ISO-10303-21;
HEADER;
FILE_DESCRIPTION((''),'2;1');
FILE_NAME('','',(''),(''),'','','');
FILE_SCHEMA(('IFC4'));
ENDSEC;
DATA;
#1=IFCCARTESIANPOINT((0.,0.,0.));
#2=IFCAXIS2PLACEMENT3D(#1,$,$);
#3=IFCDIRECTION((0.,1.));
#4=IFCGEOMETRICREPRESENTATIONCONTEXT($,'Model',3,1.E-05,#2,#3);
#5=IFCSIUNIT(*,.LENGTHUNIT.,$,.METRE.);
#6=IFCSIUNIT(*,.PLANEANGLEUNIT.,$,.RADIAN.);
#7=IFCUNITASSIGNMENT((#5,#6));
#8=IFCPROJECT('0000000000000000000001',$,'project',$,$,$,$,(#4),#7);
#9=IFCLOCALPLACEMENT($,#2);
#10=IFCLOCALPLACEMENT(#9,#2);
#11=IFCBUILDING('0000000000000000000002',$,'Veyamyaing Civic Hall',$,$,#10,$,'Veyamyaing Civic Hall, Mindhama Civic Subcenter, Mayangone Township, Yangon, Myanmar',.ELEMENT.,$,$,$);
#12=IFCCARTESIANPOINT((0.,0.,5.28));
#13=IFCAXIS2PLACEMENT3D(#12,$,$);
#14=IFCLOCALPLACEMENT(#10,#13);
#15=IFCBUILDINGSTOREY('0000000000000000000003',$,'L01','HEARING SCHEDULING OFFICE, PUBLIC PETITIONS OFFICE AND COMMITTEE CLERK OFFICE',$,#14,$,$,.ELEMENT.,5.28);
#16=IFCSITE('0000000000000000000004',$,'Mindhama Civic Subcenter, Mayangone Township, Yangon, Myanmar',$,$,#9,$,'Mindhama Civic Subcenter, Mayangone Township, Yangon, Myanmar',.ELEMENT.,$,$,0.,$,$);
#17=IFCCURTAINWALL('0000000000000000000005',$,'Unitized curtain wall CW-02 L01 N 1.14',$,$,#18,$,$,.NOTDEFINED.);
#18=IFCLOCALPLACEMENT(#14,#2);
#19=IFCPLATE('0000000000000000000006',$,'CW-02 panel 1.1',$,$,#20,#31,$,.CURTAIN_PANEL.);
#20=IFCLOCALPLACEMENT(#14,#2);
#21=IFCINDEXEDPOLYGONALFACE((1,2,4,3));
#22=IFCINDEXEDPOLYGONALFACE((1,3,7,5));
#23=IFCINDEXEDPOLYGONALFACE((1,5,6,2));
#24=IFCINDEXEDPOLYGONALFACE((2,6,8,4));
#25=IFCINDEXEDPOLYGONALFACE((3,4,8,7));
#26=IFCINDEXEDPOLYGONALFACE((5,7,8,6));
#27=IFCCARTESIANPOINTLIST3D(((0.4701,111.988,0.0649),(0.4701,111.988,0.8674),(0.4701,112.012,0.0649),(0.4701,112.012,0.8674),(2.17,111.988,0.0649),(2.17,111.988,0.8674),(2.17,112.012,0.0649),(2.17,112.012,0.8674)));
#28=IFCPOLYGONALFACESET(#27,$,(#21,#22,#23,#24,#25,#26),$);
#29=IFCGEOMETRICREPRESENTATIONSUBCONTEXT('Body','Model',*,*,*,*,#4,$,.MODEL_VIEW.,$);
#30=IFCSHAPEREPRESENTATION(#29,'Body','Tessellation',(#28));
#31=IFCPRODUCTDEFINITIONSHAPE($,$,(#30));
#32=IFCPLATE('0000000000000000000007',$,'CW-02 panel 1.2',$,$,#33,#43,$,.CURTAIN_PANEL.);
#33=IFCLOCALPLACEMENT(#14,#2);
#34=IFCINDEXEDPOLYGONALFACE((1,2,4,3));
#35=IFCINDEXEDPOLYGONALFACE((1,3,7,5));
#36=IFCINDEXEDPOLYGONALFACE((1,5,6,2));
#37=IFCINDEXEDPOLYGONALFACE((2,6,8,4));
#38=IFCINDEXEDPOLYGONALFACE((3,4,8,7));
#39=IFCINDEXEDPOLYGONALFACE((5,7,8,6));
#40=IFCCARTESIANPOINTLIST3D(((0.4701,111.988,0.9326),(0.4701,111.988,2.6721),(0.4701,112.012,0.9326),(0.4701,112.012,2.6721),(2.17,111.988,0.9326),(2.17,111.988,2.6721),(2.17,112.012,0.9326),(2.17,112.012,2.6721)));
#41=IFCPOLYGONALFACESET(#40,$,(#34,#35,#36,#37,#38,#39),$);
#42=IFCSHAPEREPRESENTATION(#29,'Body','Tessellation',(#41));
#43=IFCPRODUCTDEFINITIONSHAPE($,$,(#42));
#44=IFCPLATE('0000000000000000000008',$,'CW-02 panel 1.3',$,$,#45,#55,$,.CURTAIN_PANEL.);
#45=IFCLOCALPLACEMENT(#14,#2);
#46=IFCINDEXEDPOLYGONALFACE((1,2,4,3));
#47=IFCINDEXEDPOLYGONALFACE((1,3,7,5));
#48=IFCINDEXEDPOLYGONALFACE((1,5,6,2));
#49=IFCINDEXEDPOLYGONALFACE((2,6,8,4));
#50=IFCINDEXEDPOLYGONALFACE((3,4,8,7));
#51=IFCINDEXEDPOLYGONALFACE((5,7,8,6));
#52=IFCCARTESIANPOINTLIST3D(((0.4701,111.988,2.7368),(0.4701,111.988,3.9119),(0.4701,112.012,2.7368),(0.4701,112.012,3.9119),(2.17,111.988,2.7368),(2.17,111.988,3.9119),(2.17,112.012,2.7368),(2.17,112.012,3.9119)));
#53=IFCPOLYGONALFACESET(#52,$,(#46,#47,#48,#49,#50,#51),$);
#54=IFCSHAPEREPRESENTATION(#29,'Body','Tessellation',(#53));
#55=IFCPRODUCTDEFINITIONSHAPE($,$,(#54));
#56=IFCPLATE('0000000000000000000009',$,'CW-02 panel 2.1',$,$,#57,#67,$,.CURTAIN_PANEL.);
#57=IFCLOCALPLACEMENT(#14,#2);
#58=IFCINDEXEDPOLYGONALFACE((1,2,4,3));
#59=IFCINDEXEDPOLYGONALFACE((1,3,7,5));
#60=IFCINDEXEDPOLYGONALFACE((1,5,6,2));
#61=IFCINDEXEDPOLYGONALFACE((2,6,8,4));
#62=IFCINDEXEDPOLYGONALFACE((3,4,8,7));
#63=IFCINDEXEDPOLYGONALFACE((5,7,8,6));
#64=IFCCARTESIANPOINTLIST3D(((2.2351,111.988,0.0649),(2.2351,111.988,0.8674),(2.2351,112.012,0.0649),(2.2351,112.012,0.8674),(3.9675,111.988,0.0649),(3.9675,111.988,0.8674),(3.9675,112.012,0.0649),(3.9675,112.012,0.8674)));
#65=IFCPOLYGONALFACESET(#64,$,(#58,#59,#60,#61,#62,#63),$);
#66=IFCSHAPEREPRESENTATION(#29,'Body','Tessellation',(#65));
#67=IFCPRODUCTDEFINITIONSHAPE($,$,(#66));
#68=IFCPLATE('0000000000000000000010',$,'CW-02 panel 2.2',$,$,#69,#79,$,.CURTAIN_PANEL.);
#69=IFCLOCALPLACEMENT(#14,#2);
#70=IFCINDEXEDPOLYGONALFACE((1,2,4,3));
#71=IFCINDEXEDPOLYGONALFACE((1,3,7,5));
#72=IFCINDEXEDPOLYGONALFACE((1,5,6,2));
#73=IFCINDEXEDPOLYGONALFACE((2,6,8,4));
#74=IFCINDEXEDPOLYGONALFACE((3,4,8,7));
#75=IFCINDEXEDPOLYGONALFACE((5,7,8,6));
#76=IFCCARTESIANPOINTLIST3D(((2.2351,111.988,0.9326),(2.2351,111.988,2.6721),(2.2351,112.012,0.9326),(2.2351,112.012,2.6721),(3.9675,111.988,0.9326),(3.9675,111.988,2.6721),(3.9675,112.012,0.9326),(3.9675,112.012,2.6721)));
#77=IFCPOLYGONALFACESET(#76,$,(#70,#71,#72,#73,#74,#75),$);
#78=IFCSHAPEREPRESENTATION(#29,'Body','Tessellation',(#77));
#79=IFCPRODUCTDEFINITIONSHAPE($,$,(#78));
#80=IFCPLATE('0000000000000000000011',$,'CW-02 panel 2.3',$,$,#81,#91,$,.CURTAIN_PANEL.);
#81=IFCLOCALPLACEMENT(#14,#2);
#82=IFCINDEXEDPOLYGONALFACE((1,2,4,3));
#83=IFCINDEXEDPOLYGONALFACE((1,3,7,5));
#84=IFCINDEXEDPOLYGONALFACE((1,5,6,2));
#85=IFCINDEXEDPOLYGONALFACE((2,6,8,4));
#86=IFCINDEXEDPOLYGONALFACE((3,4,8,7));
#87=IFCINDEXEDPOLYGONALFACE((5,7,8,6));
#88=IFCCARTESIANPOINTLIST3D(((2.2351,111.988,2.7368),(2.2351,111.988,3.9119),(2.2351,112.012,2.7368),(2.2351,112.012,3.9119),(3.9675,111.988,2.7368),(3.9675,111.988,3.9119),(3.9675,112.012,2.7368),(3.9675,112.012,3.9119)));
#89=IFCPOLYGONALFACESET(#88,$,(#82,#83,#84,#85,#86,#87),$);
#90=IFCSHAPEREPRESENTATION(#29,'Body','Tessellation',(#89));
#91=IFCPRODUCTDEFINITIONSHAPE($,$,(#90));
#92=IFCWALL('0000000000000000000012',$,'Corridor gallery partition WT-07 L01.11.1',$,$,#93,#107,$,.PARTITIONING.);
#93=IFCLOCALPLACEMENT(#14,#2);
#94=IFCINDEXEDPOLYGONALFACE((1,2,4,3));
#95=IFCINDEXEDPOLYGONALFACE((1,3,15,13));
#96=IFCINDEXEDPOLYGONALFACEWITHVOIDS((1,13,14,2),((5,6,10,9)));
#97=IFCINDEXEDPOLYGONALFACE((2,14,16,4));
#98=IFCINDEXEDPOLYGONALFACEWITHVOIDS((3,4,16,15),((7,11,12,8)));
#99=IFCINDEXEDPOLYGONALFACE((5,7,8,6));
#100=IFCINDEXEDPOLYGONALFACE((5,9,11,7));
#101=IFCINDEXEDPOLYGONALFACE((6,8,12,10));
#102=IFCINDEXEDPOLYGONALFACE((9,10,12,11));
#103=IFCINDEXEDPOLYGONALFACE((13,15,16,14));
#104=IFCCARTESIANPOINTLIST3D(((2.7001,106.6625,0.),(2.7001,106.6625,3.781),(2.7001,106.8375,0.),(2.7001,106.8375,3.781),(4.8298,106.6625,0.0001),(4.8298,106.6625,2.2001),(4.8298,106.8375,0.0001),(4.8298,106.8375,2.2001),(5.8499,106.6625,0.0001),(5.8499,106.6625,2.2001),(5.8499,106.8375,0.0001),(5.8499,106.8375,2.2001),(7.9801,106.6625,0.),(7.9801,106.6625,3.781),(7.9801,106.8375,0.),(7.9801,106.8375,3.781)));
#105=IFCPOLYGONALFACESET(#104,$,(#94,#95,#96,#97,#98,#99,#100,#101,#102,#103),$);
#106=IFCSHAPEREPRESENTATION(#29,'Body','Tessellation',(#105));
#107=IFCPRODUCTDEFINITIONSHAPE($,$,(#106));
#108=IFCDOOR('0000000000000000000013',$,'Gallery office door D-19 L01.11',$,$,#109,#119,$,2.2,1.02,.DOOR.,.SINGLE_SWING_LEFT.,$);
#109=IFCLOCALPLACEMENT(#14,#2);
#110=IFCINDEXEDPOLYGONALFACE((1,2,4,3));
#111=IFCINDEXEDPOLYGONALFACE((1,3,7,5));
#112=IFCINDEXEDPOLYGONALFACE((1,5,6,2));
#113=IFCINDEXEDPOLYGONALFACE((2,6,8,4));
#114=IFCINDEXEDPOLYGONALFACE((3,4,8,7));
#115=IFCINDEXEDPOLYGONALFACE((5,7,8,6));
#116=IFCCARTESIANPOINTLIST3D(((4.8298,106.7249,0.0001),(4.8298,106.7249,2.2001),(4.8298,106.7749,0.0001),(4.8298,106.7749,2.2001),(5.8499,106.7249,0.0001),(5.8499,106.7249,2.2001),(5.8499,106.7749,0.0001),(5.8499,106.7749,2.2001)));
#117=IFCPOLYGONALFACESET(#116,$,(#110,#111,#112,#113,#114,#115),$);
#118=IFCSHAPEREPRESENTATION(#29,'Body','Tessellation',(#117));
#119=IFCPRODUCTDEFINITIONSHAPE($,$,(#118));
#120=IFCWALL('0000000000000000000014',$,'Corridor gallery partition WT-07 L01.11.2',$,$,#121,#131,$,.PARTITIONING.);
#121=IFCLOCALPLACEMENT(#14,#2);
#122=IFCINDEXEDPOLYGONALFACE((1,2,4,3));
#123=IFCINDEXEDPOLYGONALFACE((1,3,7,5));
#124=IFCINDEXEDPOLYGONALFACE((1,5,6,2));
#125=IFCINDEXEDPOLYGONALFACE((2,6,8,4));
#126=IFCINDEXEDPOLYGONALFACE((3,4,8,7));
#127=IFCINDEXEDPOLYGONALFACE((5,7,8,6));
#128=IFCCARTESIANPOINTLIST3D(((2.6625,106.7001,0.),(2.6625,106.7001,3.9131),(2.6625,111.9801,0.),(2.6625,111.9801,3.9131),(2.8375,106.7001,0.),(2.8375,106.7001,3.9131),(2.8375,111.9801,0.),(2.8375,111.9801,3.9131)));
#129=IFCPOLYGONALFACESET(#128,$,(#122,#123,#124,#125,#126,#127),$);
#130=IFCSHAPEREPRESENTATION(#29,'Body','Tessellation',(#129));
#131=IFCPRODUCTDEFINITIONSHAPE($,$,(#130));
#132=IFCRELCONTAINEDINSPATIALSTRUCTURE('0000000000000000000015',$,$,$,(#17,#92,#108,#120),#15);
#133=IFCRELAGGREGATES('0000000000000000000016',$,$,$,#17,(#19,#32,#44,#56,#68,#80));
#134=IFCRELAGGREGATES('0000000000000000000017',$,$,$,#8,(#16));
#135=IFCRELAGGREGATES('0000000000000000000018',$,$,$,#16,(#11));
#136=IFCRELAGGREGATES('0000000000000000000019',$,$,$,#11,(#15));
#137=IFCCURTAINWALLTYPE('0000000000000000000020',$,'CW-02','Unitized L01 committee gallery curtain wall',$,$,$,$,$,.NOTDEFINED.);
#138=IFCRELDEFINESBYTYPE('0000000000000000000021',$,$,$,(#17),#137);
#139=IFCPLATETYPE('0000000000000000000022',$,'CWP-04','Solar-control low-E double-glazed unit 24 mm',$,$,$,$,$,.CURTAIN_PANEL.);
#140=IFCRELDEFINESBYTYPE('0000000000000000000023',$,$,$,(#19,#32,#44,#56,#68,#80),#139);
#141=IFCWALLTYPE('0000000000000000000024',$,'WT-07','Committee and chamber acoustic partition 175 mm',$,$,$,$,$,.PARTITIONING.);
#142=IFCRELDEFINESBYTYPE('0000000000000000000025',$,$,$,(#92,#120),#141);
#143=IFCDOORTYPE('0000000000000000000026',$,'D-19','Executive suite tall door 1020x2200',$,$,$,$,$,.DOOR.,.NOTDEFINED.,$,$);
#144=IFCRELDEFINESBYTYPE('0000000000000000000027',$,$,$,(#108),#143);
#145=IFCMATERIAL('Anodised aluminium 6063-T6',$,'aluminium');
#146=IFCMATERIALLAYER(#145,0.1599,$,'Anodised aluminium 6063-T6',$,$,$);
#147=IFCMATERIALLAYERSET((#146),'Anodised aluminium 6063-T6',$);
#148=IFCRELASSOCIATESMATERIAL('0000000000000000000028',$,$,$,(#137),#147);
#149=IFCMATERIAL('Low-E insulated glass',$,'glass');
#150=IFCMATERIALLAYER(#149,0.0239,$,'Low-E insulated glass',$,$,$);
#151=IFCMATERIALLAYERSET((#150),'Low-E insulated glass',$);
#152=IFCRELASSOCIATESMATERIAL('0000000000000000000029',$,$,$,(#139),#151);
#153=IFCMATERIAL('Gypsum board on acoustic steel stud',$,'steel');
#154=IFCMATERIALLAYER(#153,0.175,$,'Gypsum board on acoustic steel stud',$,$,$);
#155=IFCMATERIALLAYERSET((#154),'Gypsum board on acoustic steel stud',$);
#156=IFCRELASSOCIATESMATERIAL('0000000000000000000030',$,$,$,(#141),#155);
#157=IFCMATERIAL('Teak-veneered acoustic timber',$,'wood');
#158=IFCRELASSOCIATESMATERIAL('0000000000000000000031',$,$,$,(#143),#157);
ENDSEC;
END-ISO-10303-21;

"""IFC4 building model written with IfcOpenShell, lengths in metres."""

from ifc_helpers import new_model, si_unit, direction, frame, frame_2d, origin, origin_2d, place, context, subcontext, project, spatial, rectangle, extrude, material, layer, layer_set, type_object, element, fill, aggregate, save


model = new_model("IFC4")

# Units and contexts
model_context = context("Model", 3, precision=1e-05, world=origin(), true_north=direction((0.0, 1.0)))
body_context = subcontext(model_context, "Body", "Model", "MODEL_VIEW")
ifc_project = project(units=[si_unit("LENGTHUNIT", "METRE"), si_unit("PLANEANGLEUNIT", "RADIAN")], contexts=[model_context])

# Site, building, storey
site_placement = place(None, origin())
site = spatial("IfcSite", under=ifc_project, at=site_placement, Name="Mindhama Civic Subcenter, Mayangone Township, Yangon, Myanmar", LongName="Mindhama Civic Subcenter, Mayangone Township, Yangon, Myanmar", CompositionType="ELEMENT", RefElevation=0.0)
building_placement = place(site_placement, origin())
building = spatial("IfcBuilding", under=site, at=building_placement, Name="Veyamyaing Civic Hall", LongName="Veyamyaing Civic Hall, Mindhama Civic Subcenter, Mayangone Township, Yangon, Myanmar", CompositionType="ELEMENT")
storey_placement = place(building_placement, frame((0.0, 0.0, 5.28)))
storey = spatial("IfcBuildingStorey", under=building, at=storey_placement, Name="L01", Description="HEARING SCHEDULING OFFICE, PUBLIC PETITIONS OFFICE AND COMMITTEE CLERK OFFICE", CompositionType="ELEMENT", Elevation=5.28)

# Curtain wall, plates
ifc_material_1 = material(Name="Anodised aluminium 6063-T6", Category="aluminium")
ifc_layer_1 = layer(ifc_material_1, 0.1599, Name="Anodised aluminium 6063-T6")
ifc_layer_set_1 = layer_set([ifc_layer_1], Name="Anodised aluminium 6063-T6")
curtain_wall_type = type_object("IfcCurtainWallType", Name="CW-02", Description="Unitized L01 committee gallery curtain wall", PredefinedType="NOTDEFINED", material=ifc_layer_set_1)
curtain_wall_placement = place(storey_placement, origin())
curtain_wall = element("IfcCurtainWall", 1, at=curtain_wall_placement, inside=storey, type_object=curtain_wall_type, Name="Unitized curtain wall CW-02 L01 N 1.14", PredefinedType="NOTDEFINED")
ifc_material_2 = material(Name="Low-E insulated glass", Category="glass")
ifc_layer_2 = layer(ifc_material_2, 0.0239, Name="Low-E insulated glass")
ifc_layer_set_2 = layer_set([ifc_layer_2], Name="Low-E insulated glass")
plate_type = type_object("IfcPlateType", Name="CWP-04", Description="Solar-control low-E double-glazed unit 24 mm", PredefinedType="CURTAIN_PANEL", material=ifc_layer_set_2)
plate_1_placement = place(storey_placement, frame((1.3201, 112.0, 0.0649), z_axis=(0.0, 0.0, 1.0), x_axis=(1.0, 0.0, 0.0)))
plate_1 = element("IfcPlate", 2, at=plate_1_placement, type_object=plate_type, Name="CW-02 panel 1.1", PredefinedType="CURTAIN_PANEL", context=body_context, shape_type="SweptSolid", body=[
    extrude(rectangle(XDim=1.7, YDim=0.0239, at=origin_2d()), origin(), (0.0, 0.0, 1.0), 0.8025),
])
plate_2_placement = place(storey_placement, frame((1.3201, 112.0, 0.9326), z_axis=(0.0, 0.0, 1.0), x_axis=(1.0, 0.0, 0.0)))
plate_2 = element("IfcPlate", 3, at=plate_2_placement, type_object=plate_type, Name="CW-02 panel 1.2", PredefinedType="CURTAIN_PANEL", context=body_context, shape_type="SweptSolid", body=[
    extrude(rectangle(XDim=1.7, YDim=0.0239, at=origin_2d()), origin(), (0.0, 0.0, 1.0), 1.7395),
])
plate_3_placement = place(storey_placement, frame((1.3201, 112.0, 2.7368), z_axis=(0.0, 0.0, 1.0), x_axis=(1.0, 0.0, 0.0)))
plate_3 = element("IfcPlate", 4, at=plate_3_placement, type_object=plate_type, Name="CW-02 panel 1.3", PredefinedType="CURTAIN_PANEL", context=body_context, shape_type="SweptSolid", body=[
    extrude(rectangle(XDim=1.7, YDim=0.0239, at=origin_2d()), origin(), (0.0, 0.0, 1.0), 1.175),
])
plate_4_placement = place(storey_placement, frame((3.1013, 112.0, 0.0649), z_axis=(0.0, 0.0, 1.0), x_axis=(1.0, 0.0, 0.0)))
plate_4 = element("IfcPlate", 5, at=plate_4_placement, type_object=plate_type, Name="CW-02 panel 2.1", PredefinedType="CURTAIN_PANEL", context=body_context, shape_type="SweptSolid", body=[
    extrude(rectangle(XDim=1.7324, YDim=0.0239, at=origin_2d()), origin(), (0.0, 0.0, 1.0), 0.8025),
])
plate_5_placement = place(storey_placement, frame((3.1013, 112.0, 0.9326), z_axis=(0.0, 0.0, 1.0), x_axis=(1.0, 0.0, 0.0)))
plate_5 = element("IfcPlate", 6, at=plate_5_placement, type_object=plate_type, Name="CW-02 panel 2.2", PredefinedType="CURTAIN_PANEL", context=body_context, shape_type="SweptSolid", body=[
    extrude(rectangle(XDim=1.7324, YDim=0.0239, at=origin_2d()), origin(), (0.0, 0.0, 1.0), 1.7395),
])
plate_6_placement = place(storey_placement, frame((3.1013, 112.0, 2.7368), z_axis=(0.0, 0.0, 1.0), x_axis=(1.0, 0.0, 0.0)))
plate_6 = element("IfcPlate", 7, at=plate_6_placement, type_object=plate_type, Name="CW-02 panel 2.3", PredefinedType="CURTAIN_PANEL", context=body_context, shape_type="SweptSolid", body=[
    extrude(rectangle(XDim=1.7324, YDim=0.0239, at=origin_2d()), origin(), (0.0, 0.0, 1.0), 1.175),
])
aggregate(curtain_wall, [plate_1, plate_2, plate_3, plate_4, plate_5, plate_6])

# Wall, opening, door
ifc_material_3 = material(Name="Gypsum board on acoustic steel stud", Category="steel")
ifc_layer_3 = layer(ifc_material_3, 0.175, Name="Gypsum board on acoustic steel stud")
ifc_layer_set_3 = layer_set([ifc_layer_3], Name="Gypsum board on acoustic steel stud")
wall_type = type_object("IfcWallType", Name="WT-07", Description="Committee and chamber acoustic partition 175 mm", PredefinedType="PARTITIONING", material=ifc_layer_set_3)
wall_1_placement = place(storey_placement, frame((2.7, 106.75, 0.0), z_axis=(0.0, 0.0, 1.0), x_axis=(1.0, 0.0, 0.0)))
wall_1 = element("IfcWall", 8, at=wall_1_placement, inside=storey, type_object=wall_type, Name="Corridor gallery partition WT-07 L01.11.1", PredefinedType="PARTITIONING", context=body_context, shape_type="SweptSolid", body=[
    extrude(rectangle(XDim=5.28, YDim=0.175, at=frame_2d((2.6401, 0.0))), origin(), (0.0, 0.0, 1.0), 3.781),
])
opening_placement = place(wall_1_placement, frame((2.1299, 0.0, 0.0)))
opening = element("IfcOpeningElement", 9, at=opening_placement, cuts=wall_1, PredefinedType="OPENING", context=body_context, shape_type="SweptSolid", body=[
    extrude(rectangle(XDim=1.02, YDim=2.2, at=frame_2d((0.51, 1.1001))), frame((0.0, 0.0974, 0.0), z_axis=(0.0, -1.0, 0.0), x_axis=(1.0, 0.0, 0.0)), (0.0, 0.0, 1.0), 0.1951),
])
ifc_material_4 = material(Name="Teak-veneered acoustic timber", Category="wood")
door_type = type_object("IfcDoorType", Name="D-19", Description="Executive suite tall door 1020x2200", OperationType="NOTDEFINED", PredefinedType="DOOR", material=ifc_material_4)
door_placement = place(opening_placement, origin())
door = element("IfcDoor", 10, at=door_placement, inside=storey, type_object=door_type, Name="Gallery office door D-19 L01.11", OperationType="SINGLE_SWING_LEFT", OverallHeight=2.2, OverallWidth=1.02, PredefinedType="DOOR", context=body_context, shape_type="SweptSolid", body=[
    extrude(rectangle(XDim=1.02, YDim=2.2, at=frame_2d((0.51, 1.1001))), frame((0.0, 0.0249, 0.0), z_axis=(0.0, -1.0, 0.0), x_axis=(1.0, 0.0, 0.0)), (0.0, 0.0, 1.0), 0.05),
])
fill(opening, door)

# Wall
wall_2_placement = place(storey_placement, frame((2.75, 106.7, 0.0), z_axis=(0.0, 0.0, 1.0), x_axis=(0.0, 1.0, 0.0)))
element("IfcWall", 11, at=wall_2_placement, inside=storey, type_object=wall_type, Name="Corridor gallery partition WT-07 L01.11.2", PredefinedType="PARTITIONING", context=body_context, shape_type="SweptSolid", body=[
    extrude(rectangle(XDim=5.28, YDim=0.175, at=frame_2d((2.6401, 0.0))), origin(), (0.0, 0.0, 1.0), 3.9131),
])

save(model, "model.ifc")
